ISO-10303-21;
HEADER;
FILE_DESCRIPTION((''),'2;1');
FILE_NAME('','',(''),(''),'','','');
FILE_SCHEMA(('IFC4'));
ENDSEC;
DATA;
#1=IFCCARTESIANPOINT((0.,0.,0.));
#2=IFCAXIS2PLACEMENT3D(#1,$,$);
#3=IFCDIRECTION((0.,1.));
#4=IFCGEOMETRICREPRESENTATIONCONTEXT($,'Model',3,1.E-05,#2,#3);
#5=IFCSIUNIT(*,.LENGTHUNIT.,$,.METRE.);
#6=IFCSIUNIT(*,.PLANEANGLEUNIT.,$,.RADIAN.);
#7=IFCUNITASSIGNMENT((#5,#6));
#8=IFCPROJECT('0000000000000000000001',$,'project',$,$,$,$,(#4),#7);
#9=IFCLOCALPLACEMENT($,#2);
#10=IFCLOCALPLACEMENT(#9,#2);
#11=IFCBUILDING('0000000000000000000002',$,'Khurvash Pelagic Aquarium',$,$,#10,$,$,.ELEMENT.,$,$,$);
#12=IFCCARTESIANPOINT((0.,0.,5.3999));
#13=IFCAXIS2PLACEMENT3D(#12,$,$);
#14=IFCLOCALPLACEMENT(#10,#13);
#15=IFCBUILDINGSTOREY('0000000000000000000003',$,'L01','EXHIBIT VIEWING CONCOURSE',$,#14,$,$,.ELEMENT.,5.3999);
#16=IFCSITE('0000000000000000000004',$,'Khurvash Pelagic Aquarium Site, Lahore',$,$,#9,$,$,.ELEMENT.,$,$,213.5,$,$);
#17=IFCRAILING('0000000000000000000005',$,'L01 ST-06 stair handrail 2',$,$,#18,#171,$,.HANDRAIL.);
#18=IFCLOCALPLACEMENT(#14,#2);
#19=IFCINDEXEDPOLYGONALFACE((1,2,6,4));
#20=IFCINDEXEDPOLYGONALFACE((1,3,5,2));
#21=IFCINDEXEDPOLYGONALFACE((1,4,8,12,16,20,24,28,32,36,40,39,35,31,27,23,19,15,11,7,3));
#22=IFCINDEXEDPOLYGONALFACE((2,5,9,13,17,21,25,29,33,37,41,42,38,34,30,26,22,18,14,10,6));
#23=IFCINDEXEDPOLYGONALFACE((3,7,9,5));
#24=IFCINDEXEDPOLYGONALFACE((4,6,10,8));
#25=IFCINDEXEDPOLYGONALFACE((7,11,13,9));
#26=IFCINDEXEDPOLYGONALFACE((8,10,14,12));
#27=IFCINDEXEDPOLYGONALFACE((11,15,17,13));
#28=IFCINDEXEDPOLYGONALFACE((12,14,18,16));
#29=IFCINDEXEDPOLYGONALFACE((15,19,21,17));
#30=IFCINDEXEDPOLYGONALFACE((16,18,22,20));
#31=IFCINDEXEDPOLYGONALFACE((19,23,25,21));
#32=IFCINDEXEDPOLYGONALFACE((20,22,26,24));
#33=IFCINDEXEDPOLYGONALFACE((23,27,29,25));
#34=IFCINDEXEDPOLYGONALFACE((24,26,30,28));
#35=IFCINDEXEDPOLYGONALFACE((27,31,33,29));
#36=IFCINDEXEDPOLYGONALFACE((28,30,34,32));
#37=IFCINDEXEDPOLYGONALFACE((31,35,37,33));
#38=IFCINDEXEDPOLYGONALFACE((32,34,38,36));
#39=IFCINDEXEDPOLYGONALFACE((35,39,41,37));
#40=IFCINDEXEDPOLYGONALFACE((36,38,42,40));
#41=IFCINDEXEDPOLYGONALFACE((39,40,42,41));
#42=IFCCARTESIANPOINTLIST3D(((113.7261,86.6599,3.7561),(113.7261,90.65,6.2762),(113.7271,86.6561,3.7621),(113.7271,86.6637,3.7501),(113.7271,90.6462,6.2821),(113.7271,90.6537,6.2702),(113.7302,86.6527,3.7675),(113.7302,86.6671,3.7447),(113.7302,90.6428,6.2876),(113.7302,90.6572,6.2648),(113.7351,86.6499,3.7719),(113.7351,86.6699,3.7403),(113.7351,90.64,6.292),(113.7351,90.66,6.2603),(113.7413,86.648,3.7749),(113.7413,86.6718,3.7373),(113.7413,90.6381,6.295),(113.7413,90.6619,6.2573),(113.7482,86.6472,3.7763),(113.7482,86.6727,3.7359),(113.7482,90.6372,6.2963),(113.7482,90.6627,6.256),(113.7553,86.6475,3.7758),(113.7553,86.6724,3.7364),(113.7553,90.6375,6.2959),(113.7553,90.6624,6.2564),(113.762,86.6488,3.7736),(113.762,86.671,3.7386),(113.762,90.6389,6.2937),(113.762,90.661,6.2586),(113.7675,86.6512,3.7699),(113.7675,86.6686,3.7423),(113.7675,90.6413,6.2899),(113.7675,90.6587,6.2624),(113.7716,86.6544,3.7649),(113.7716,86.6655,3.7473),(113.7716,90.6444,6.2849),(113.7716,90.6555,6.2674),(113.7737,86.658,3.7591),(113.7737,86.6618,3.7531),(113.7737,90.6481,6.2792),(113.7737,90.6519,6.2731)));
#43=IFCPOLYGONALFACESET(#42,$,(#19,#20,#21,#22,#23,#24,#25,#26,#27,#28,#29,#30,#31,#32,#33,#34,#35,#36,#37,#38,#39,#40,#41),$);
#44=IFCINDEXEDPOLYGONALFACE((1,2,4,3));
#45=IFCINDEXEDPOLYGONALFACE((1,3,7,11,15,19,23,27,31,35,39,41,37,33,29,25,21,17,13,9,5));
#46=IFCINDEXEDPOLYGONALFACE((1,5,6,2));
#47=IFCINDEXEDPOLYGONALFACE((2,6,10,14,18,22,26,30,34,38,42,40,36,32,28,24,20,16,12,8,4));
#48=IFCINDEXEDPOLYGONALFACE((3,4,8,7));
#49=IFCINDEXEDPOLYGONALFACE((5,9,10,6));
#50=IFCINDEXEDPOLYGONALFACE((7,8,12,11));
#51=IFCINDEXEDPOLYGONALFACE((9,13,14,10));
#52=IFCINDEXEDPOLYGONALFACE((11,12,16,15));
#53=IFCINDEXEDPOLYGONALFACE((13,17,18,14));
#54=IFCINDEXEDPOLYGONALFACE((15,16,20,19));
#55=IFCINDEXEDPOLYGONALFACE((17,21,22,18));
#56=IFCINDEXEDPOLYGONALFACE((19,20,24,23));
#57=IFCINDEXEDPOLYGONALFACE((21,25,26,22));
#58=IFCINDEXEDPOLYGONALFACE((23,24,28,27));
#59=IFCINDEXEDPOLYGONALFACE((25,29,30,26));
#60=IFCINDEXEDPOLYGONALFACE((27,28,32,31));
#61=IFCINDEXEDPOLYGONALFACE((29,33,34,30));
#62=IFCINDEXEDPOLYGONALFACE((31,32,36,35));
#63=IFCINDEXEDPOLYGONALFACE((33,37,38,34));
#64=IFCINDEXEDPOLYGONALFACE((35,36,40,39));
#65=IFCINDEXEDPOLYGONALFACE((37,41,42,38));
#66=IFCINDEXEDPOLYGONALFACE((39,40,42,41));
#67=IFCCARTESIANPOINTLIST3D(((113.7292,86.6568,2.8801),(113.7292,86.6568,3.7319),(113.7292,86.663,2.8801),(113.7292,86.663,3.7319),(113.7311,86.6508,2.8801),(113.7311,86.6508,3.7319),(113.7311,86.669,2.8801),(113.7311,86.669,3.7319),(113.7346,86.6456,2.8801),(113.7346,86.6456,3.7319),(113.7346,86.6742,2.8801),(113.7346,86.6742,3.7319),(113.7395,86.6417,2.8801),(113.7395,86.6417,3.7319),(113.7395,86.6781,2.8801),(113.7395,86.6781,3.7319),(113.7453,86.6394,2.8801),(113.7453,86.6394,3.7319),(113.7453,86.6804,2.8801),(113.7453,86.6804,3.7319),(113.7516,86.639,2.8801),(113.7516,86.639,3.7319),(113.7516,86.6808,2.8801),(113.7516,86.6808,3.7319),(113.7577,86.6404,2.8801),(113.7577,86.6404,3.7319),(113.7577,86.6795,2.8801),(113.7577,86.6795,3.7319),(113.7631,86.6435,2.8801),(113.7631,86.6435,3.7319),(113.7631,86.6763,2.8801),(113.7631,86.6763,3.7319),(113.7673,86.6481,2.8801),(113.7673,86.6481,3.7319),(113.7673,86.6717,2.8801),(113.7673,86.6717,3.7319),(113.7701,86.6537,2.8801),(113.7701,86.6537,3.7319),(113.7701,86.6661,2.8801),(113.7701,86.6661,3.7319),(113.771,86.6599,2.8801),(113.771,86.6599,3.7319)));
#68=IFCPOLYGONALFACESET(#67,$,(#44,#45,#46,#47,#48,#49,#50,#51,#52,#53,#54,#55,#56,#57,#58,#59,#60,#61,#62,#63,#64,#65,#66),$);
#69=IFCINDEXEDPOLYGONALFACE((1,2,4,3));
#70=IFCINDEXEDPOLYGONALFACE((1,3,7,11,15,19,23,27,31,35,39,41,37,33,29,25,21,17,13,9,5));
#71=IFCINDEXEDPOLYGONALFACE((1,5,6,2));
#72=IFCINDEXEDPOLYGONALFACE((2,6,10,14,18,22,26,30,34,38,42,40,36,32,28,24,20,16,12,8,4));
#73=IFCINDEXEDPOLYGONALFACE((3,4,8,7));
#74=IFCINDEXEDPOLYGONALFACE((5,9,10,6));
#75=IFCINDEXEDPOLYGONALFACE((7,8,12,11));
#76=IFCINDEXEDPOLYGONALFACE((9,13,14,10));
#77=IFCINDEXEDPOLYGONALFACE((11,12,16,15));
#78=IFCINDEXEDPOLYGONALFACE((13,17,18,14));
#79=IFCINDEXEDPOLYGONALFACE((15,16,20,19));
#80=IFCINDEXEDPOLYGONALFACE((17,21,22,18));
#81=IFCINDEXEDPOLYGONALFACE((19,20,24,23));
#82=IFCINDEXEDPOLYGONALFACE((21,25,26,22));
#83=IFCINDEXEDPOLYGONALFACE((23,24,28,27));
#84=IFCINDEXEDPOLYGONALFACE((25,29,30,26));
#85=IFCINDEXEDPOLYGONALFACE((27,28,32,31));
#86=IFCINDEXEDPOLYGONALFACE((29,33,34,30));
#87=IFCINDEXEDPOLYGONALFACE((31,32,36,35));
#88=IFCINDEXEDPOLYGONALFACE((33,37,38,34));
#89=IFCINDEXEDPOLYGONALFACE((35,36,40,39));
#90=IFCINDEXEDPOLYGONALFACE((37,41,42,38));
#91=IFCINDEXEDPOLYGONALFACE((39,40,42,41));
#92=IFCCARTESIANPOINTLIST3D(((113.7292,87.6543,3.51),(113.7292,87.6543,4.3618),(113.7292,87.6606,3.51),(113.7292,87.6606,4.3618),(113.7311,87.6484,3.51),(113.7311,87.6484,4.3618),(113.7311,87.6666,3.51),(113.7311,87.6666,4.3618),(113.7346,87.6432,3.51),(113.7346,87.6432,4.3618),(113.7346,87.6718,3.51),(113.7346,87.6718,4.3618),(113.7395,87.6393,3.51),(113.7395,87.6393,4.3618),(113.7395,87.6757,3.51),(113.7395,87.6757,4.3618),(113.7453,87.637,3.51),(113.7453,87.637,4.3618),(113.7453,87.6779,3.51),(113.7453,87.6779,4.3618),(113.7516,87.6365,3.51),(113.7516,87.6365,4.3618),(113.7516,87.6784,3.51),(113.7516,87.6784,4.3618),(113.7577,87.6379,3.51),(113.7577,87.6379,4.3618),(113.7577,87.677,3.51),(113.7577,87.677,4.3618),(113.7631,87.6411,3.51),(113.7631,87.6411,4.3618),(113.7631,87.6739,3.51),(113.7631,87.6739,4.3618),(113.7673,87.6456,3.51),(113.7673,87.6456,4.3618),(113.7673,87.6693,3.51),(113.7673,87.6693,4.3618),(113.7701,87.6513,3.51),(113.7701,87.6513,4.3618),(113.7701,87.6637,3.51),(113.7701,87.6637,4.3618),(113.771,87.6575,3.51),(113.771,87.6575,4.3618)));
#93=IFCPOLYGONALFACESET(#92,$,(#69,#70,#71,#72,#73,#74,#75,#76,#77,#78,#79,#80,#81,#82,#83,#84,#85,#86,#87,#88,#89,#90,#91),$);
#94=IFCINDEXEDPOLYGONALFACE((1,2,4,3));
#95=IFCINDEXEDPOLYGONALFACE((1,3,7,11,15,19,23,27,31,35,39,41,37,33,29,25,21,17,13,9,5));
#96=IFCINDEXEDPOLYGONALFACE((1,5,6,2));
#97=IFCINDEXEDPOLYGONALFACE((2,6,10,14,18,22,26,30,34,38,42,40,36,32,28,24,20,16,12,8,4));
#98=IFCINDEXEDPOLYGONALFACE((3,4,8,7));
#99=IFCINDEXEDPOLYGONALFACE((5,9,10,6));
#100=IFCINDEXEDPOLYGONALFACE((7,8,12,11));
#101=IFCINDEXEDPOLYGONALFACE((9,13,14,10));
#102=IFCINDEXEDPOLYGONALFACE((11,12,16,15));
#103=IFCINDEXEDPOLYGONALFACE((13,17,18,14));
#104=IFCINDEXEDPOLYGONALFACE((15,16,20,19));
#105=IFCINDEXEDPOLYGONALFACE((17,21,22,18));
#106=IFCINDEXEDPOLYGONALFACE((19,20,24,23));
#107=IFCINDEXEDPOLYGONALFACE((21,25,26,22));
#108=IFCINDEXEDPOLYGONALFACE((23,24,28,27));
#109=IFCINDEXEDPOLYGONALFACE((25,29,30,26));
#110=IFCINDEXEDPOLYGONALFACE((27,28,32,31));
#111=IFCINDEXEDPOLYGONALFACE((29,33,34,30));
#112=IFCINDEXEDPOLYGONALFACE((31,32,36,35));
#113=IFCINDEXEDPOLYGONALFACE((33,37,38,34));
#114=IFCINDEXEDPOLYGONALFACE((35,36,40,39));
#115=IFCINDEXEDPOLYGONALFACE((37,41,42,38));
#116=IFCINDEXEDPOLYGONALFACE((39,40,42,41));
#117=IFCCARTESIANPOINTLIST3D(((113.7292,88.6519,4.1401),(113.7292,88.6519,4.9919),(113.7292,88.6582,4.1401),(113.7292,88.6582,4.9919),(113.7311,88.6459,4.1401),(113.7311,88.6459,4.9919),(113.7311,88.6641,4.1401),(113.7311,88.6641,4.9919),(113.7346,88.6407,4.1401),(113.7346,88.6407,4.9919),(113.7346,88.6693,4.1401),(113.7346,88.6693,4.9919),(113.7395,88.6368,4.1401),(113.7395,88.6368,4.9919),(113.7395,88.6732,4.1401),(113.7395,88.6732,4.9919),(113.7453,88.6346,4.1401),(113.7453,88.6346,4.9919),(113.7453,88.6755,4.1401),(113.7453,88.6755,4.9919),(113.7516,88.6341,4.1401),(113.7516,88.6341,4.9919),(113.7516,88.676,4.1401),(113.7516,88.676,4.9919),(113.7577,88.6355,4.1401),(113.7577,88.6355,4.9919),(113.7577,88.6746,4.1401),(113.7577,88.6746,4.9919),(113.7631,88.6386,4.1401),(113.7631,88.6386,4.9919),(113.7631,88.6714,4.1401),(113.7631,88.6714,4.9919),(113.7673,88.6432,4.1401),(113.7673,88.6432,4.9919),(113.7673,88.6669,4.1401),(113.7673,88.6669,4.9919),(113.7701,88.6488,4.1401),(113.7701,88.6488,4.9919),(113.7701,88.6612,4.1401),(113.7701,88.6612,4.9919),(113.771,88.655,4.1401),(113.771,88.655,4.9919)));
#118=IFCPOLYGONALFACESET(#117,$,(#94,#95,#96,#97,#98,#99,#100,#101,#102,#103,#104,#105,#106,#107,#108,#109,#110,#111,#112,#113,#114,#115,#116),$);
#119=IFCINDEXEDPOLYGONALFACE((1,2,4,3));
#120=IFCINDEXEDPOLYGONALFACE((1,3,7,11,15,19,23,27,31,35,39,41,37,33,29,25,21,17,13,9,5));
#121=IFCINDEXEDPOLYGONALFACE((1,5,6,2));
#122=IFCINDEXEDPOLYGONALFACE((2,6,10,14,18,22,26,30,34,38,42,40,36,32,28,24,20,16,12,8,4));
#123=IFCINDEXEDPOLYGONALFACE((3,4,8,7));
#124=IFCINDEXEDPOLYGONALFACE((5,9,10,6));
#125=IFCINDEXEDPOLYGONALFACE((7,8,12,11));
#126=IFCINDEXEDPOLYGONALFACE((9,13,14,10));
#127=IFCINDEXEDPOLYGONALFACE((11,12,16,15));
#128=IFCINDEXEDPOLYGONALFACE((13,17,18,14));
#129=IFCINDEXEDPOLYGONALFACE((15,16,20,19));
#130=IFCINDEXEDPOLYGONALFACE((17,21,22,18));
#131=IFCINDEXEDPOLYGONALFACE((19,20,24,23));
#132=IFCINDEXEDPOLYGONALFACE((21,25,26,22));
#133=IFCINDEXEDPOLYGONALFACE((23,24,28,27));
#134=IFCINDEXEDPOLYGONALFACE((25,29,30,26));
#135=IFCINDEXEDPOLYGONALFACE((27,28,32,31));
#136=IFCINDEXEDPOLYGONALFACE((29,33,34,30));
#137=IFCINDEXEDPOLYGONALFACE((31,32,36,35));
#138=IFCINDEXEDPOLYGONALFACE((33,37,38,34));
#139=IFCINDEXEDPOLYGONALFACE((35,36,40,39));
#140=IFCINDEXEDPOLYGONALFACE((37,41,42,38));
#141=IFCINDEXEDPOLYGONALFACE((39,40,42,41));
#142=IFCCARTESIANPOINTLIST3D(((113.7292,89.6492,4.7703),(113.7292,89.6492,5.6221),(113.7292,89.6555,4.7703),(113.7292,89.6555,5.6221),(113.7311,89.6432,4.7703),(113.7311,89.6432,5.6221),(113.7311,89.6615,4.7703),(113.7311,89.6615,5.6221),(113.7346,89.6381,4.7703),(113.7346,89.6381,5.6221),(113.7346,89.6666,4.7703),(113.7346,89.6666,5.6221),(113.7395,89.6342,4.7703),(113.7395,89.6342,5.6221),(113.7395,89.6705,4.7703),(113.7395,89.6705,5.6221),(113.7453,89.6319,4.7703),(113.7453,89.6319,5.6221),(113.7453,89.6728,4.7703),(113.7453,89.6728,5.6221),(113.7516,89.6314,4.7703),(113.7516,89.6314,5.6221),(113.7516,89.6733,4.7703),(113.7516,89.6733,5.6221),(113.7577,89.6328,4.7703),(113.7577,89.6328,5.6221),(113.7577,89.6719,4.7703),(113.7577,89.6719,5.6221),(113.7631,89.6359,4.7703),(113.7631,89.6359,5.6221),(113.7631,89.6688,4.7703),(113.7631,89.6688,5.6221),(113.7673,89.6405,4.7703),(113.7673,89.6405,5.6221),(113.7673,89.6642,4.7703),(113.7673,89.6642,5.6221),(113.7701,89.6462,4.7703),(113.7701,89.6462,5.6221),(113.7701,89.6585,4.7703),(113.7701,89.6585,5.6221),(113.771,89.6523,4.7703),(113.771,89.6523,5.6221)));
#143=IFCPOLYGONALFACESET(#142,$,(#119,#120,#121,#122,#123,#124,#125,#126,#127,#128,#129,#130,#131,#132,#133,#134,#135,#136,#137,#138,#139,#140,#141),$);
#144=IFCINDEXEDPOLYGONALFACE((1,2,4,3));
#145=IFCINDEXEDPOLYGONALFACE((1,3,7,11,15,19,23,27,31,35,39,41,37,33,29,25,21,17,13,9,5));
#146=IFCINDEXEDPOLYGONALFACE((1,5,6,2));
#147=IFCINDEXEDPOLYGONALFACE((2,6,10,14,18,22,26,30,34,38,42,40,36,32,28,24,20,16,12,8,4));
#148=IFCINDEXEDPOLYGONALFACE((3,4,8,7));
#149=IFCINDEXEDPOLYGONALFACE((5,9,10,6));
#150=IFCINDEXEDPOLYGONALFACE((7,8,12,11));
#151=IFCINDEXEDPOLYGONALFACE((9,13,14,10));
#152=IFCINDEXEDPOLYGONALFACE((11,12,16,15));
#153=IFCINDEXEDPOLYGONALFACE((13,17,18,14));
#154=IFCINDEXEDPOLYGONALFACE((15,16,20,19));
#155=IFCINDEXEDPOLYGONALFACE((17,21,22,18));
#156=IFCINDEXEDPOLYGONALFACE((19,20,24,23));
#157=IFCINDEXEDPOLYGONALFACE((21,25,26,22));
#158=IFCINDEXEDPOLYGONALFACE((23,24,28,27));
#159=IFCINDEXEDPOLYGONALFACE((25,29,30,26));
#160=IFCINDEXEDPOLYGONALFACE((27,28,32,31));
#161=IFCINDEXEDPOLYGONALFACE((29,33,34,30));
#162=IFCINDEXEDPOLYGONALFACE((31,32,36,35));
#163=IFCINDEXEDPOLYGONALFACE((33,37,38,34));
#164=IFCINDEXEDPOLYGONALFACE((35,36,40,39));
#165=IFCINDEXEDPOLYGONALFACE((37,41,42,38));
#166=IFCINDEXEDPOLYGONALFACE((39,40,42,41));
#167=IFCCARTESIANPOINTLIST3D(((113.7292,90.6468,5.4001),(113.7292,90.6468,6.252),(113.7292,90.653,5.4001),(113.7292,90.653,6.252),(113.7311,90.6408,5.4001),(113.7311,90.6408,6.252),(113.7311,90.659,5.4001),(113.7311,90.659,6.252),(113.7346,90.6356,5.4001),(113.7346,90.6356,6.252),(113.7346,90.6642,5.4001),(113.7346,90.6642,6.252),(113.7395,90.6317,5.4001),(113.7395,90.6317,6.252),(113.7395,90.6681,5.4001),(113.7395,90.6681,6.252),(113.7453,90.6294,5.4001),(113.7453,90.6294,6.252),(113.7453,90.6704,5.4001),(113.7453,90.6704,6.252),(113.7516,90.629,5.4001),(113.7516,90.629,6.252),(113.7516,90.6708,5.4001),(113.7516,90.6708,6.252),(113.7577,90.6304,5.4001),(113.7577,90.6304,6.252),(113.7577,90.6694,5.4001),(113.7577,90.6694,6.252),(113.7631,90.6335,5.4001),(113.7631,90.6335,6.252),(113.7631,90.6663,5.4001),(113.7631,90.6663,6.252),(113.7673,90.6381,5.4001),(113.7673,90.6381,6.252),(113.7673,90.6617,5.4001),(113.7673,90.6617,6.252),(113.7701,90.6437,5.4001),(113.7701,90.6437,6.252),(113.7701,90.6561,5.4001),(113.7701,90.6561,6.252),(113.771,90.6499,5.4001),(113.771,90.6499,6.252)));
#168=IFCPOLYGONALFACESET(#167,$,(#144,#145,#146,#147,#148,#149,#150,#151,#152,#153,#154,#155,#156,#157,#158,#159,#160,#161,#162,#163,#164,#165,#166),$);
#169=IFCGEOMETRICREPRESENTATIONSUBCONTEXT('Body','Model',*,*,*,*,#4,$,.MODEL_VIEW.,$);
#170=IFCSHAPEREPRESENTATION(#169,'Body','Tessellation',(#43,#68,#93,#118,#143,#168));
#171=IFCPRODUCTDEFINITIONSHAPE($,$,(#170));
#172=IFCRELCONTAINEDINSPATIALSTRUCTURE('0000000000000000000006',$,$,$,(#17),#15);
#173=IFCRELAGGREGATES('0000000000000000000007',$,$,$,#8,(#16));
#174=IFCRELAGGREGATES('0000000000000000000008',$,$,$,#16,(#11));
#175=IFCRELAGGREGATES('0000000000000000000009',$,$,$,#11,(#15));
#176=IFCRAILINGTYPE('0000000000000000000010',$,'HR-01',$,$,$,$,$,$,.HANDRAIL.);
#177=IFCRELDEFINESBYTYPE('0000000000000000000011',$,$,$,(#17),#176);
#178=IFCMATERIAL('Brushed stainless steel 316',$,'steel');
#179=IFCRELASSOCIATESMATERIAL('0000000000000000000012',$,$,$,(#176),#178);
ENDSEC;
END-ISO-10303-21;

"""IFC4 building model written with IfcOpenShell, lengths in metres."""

from ifc_helpers import new_model, si_unit, direction, frame, origin, origin_2d, place, context, subcontext, project, spatial, circle, extrude, material, type_object, element, save


model = new_model("IFC4")

# Units and contexts
model_context = context("Model", 3, precision=1e-05, world=origin(), true_north=direction((0.0, 1.0)))
body_context = subcontext(model_context, "Body", "Model", "MODEL_VIEW")
ifc_project = project(units=[si_unit("LENGTHUNIT", "METRE"), si_unit("PLANEANGLEUNIT", "RADIAN")], contexts=[model_context])

# Site, building, storey
site_placement = place(None, origin())
site = spatial("IfcSite", under=ifc_project, at=site_placement, Name="Khurvash Pelagic Aquarium Site, Lahore", CompositionType="ELEMENT", RefElevation=213.5)
building_placement = place(site_placement, origin())
building = spatial("IfcBuilding", under=site, at=building_placement, Name="Khurvash Pelagic Aquarium", CompositionType="ELEMENT")
storey_placement = place(building_placement, frame((0.0, 0.0, 5.3999)))
storey = spatial("IfcBuildingStorey", under=building, at=storey_placement, Name="L01", Description="EXHIBIT VIEWING CONCOURSE", CompositionType="ELEMENT", Elevation=5.3999)

# Railing
ifc_material_1 = material(Name="Brushed stainless steel 316", Category="steel")
railing_type = type_object("IfcRailingType", Name="HR-01", PredefinedType="HANDRAIL", material=ifc_material_1)
railing_placement = place(storey_placement, frame((113.75, 86.6599, 2.8801)))
element("IfcRailing", 1, at=railing_placement, inside=storey, type_object=railing_type, Name="L01 ST-06 stair handrail 2", PredefinedType="HANDRAIL", context=body_context, shape_type="SweptSolid", body=[
    extrude(circle(Radius=0.0239, at=origin_2d()), frame((0.0, 0.0, 0.876), z_axis=(0.0, 0.845486, 0.533997), x_axis=(-1.0, 0.0, 0.0)), (0.0, 0.0, 1.0), 4.7192),
    extrude(circle(Radius=0.021, at=origin_2d()), origin(), (0.0, 0.0, 1.0), 0.8518),
    extrude(circle(Radius=0.021, at=origin_2d()), frame((0.0, 0.9976, 0.6299)), (0.0, 0.0, 1.0), 0.8518),
    extrude(circle(Radius=0.021, at=origin_2d()), frame((0.0, 1.9951, 1.26)), (0.0, 0.0, 1.0), 0.8518),
    extrude(circle(Radius=0.021, at=origin_2d()), frame((0.0, 2.9924, 1.8901)), (0.0, 0.0, 1.0), 0.8518),
    extrude(circle(Radius=0.021, at=origin_2d()), frame((0.0, 3.99, 2.52)), (0.0, 0.0, 1.0), 0.8518),
])

save(model, "model.ifc")
